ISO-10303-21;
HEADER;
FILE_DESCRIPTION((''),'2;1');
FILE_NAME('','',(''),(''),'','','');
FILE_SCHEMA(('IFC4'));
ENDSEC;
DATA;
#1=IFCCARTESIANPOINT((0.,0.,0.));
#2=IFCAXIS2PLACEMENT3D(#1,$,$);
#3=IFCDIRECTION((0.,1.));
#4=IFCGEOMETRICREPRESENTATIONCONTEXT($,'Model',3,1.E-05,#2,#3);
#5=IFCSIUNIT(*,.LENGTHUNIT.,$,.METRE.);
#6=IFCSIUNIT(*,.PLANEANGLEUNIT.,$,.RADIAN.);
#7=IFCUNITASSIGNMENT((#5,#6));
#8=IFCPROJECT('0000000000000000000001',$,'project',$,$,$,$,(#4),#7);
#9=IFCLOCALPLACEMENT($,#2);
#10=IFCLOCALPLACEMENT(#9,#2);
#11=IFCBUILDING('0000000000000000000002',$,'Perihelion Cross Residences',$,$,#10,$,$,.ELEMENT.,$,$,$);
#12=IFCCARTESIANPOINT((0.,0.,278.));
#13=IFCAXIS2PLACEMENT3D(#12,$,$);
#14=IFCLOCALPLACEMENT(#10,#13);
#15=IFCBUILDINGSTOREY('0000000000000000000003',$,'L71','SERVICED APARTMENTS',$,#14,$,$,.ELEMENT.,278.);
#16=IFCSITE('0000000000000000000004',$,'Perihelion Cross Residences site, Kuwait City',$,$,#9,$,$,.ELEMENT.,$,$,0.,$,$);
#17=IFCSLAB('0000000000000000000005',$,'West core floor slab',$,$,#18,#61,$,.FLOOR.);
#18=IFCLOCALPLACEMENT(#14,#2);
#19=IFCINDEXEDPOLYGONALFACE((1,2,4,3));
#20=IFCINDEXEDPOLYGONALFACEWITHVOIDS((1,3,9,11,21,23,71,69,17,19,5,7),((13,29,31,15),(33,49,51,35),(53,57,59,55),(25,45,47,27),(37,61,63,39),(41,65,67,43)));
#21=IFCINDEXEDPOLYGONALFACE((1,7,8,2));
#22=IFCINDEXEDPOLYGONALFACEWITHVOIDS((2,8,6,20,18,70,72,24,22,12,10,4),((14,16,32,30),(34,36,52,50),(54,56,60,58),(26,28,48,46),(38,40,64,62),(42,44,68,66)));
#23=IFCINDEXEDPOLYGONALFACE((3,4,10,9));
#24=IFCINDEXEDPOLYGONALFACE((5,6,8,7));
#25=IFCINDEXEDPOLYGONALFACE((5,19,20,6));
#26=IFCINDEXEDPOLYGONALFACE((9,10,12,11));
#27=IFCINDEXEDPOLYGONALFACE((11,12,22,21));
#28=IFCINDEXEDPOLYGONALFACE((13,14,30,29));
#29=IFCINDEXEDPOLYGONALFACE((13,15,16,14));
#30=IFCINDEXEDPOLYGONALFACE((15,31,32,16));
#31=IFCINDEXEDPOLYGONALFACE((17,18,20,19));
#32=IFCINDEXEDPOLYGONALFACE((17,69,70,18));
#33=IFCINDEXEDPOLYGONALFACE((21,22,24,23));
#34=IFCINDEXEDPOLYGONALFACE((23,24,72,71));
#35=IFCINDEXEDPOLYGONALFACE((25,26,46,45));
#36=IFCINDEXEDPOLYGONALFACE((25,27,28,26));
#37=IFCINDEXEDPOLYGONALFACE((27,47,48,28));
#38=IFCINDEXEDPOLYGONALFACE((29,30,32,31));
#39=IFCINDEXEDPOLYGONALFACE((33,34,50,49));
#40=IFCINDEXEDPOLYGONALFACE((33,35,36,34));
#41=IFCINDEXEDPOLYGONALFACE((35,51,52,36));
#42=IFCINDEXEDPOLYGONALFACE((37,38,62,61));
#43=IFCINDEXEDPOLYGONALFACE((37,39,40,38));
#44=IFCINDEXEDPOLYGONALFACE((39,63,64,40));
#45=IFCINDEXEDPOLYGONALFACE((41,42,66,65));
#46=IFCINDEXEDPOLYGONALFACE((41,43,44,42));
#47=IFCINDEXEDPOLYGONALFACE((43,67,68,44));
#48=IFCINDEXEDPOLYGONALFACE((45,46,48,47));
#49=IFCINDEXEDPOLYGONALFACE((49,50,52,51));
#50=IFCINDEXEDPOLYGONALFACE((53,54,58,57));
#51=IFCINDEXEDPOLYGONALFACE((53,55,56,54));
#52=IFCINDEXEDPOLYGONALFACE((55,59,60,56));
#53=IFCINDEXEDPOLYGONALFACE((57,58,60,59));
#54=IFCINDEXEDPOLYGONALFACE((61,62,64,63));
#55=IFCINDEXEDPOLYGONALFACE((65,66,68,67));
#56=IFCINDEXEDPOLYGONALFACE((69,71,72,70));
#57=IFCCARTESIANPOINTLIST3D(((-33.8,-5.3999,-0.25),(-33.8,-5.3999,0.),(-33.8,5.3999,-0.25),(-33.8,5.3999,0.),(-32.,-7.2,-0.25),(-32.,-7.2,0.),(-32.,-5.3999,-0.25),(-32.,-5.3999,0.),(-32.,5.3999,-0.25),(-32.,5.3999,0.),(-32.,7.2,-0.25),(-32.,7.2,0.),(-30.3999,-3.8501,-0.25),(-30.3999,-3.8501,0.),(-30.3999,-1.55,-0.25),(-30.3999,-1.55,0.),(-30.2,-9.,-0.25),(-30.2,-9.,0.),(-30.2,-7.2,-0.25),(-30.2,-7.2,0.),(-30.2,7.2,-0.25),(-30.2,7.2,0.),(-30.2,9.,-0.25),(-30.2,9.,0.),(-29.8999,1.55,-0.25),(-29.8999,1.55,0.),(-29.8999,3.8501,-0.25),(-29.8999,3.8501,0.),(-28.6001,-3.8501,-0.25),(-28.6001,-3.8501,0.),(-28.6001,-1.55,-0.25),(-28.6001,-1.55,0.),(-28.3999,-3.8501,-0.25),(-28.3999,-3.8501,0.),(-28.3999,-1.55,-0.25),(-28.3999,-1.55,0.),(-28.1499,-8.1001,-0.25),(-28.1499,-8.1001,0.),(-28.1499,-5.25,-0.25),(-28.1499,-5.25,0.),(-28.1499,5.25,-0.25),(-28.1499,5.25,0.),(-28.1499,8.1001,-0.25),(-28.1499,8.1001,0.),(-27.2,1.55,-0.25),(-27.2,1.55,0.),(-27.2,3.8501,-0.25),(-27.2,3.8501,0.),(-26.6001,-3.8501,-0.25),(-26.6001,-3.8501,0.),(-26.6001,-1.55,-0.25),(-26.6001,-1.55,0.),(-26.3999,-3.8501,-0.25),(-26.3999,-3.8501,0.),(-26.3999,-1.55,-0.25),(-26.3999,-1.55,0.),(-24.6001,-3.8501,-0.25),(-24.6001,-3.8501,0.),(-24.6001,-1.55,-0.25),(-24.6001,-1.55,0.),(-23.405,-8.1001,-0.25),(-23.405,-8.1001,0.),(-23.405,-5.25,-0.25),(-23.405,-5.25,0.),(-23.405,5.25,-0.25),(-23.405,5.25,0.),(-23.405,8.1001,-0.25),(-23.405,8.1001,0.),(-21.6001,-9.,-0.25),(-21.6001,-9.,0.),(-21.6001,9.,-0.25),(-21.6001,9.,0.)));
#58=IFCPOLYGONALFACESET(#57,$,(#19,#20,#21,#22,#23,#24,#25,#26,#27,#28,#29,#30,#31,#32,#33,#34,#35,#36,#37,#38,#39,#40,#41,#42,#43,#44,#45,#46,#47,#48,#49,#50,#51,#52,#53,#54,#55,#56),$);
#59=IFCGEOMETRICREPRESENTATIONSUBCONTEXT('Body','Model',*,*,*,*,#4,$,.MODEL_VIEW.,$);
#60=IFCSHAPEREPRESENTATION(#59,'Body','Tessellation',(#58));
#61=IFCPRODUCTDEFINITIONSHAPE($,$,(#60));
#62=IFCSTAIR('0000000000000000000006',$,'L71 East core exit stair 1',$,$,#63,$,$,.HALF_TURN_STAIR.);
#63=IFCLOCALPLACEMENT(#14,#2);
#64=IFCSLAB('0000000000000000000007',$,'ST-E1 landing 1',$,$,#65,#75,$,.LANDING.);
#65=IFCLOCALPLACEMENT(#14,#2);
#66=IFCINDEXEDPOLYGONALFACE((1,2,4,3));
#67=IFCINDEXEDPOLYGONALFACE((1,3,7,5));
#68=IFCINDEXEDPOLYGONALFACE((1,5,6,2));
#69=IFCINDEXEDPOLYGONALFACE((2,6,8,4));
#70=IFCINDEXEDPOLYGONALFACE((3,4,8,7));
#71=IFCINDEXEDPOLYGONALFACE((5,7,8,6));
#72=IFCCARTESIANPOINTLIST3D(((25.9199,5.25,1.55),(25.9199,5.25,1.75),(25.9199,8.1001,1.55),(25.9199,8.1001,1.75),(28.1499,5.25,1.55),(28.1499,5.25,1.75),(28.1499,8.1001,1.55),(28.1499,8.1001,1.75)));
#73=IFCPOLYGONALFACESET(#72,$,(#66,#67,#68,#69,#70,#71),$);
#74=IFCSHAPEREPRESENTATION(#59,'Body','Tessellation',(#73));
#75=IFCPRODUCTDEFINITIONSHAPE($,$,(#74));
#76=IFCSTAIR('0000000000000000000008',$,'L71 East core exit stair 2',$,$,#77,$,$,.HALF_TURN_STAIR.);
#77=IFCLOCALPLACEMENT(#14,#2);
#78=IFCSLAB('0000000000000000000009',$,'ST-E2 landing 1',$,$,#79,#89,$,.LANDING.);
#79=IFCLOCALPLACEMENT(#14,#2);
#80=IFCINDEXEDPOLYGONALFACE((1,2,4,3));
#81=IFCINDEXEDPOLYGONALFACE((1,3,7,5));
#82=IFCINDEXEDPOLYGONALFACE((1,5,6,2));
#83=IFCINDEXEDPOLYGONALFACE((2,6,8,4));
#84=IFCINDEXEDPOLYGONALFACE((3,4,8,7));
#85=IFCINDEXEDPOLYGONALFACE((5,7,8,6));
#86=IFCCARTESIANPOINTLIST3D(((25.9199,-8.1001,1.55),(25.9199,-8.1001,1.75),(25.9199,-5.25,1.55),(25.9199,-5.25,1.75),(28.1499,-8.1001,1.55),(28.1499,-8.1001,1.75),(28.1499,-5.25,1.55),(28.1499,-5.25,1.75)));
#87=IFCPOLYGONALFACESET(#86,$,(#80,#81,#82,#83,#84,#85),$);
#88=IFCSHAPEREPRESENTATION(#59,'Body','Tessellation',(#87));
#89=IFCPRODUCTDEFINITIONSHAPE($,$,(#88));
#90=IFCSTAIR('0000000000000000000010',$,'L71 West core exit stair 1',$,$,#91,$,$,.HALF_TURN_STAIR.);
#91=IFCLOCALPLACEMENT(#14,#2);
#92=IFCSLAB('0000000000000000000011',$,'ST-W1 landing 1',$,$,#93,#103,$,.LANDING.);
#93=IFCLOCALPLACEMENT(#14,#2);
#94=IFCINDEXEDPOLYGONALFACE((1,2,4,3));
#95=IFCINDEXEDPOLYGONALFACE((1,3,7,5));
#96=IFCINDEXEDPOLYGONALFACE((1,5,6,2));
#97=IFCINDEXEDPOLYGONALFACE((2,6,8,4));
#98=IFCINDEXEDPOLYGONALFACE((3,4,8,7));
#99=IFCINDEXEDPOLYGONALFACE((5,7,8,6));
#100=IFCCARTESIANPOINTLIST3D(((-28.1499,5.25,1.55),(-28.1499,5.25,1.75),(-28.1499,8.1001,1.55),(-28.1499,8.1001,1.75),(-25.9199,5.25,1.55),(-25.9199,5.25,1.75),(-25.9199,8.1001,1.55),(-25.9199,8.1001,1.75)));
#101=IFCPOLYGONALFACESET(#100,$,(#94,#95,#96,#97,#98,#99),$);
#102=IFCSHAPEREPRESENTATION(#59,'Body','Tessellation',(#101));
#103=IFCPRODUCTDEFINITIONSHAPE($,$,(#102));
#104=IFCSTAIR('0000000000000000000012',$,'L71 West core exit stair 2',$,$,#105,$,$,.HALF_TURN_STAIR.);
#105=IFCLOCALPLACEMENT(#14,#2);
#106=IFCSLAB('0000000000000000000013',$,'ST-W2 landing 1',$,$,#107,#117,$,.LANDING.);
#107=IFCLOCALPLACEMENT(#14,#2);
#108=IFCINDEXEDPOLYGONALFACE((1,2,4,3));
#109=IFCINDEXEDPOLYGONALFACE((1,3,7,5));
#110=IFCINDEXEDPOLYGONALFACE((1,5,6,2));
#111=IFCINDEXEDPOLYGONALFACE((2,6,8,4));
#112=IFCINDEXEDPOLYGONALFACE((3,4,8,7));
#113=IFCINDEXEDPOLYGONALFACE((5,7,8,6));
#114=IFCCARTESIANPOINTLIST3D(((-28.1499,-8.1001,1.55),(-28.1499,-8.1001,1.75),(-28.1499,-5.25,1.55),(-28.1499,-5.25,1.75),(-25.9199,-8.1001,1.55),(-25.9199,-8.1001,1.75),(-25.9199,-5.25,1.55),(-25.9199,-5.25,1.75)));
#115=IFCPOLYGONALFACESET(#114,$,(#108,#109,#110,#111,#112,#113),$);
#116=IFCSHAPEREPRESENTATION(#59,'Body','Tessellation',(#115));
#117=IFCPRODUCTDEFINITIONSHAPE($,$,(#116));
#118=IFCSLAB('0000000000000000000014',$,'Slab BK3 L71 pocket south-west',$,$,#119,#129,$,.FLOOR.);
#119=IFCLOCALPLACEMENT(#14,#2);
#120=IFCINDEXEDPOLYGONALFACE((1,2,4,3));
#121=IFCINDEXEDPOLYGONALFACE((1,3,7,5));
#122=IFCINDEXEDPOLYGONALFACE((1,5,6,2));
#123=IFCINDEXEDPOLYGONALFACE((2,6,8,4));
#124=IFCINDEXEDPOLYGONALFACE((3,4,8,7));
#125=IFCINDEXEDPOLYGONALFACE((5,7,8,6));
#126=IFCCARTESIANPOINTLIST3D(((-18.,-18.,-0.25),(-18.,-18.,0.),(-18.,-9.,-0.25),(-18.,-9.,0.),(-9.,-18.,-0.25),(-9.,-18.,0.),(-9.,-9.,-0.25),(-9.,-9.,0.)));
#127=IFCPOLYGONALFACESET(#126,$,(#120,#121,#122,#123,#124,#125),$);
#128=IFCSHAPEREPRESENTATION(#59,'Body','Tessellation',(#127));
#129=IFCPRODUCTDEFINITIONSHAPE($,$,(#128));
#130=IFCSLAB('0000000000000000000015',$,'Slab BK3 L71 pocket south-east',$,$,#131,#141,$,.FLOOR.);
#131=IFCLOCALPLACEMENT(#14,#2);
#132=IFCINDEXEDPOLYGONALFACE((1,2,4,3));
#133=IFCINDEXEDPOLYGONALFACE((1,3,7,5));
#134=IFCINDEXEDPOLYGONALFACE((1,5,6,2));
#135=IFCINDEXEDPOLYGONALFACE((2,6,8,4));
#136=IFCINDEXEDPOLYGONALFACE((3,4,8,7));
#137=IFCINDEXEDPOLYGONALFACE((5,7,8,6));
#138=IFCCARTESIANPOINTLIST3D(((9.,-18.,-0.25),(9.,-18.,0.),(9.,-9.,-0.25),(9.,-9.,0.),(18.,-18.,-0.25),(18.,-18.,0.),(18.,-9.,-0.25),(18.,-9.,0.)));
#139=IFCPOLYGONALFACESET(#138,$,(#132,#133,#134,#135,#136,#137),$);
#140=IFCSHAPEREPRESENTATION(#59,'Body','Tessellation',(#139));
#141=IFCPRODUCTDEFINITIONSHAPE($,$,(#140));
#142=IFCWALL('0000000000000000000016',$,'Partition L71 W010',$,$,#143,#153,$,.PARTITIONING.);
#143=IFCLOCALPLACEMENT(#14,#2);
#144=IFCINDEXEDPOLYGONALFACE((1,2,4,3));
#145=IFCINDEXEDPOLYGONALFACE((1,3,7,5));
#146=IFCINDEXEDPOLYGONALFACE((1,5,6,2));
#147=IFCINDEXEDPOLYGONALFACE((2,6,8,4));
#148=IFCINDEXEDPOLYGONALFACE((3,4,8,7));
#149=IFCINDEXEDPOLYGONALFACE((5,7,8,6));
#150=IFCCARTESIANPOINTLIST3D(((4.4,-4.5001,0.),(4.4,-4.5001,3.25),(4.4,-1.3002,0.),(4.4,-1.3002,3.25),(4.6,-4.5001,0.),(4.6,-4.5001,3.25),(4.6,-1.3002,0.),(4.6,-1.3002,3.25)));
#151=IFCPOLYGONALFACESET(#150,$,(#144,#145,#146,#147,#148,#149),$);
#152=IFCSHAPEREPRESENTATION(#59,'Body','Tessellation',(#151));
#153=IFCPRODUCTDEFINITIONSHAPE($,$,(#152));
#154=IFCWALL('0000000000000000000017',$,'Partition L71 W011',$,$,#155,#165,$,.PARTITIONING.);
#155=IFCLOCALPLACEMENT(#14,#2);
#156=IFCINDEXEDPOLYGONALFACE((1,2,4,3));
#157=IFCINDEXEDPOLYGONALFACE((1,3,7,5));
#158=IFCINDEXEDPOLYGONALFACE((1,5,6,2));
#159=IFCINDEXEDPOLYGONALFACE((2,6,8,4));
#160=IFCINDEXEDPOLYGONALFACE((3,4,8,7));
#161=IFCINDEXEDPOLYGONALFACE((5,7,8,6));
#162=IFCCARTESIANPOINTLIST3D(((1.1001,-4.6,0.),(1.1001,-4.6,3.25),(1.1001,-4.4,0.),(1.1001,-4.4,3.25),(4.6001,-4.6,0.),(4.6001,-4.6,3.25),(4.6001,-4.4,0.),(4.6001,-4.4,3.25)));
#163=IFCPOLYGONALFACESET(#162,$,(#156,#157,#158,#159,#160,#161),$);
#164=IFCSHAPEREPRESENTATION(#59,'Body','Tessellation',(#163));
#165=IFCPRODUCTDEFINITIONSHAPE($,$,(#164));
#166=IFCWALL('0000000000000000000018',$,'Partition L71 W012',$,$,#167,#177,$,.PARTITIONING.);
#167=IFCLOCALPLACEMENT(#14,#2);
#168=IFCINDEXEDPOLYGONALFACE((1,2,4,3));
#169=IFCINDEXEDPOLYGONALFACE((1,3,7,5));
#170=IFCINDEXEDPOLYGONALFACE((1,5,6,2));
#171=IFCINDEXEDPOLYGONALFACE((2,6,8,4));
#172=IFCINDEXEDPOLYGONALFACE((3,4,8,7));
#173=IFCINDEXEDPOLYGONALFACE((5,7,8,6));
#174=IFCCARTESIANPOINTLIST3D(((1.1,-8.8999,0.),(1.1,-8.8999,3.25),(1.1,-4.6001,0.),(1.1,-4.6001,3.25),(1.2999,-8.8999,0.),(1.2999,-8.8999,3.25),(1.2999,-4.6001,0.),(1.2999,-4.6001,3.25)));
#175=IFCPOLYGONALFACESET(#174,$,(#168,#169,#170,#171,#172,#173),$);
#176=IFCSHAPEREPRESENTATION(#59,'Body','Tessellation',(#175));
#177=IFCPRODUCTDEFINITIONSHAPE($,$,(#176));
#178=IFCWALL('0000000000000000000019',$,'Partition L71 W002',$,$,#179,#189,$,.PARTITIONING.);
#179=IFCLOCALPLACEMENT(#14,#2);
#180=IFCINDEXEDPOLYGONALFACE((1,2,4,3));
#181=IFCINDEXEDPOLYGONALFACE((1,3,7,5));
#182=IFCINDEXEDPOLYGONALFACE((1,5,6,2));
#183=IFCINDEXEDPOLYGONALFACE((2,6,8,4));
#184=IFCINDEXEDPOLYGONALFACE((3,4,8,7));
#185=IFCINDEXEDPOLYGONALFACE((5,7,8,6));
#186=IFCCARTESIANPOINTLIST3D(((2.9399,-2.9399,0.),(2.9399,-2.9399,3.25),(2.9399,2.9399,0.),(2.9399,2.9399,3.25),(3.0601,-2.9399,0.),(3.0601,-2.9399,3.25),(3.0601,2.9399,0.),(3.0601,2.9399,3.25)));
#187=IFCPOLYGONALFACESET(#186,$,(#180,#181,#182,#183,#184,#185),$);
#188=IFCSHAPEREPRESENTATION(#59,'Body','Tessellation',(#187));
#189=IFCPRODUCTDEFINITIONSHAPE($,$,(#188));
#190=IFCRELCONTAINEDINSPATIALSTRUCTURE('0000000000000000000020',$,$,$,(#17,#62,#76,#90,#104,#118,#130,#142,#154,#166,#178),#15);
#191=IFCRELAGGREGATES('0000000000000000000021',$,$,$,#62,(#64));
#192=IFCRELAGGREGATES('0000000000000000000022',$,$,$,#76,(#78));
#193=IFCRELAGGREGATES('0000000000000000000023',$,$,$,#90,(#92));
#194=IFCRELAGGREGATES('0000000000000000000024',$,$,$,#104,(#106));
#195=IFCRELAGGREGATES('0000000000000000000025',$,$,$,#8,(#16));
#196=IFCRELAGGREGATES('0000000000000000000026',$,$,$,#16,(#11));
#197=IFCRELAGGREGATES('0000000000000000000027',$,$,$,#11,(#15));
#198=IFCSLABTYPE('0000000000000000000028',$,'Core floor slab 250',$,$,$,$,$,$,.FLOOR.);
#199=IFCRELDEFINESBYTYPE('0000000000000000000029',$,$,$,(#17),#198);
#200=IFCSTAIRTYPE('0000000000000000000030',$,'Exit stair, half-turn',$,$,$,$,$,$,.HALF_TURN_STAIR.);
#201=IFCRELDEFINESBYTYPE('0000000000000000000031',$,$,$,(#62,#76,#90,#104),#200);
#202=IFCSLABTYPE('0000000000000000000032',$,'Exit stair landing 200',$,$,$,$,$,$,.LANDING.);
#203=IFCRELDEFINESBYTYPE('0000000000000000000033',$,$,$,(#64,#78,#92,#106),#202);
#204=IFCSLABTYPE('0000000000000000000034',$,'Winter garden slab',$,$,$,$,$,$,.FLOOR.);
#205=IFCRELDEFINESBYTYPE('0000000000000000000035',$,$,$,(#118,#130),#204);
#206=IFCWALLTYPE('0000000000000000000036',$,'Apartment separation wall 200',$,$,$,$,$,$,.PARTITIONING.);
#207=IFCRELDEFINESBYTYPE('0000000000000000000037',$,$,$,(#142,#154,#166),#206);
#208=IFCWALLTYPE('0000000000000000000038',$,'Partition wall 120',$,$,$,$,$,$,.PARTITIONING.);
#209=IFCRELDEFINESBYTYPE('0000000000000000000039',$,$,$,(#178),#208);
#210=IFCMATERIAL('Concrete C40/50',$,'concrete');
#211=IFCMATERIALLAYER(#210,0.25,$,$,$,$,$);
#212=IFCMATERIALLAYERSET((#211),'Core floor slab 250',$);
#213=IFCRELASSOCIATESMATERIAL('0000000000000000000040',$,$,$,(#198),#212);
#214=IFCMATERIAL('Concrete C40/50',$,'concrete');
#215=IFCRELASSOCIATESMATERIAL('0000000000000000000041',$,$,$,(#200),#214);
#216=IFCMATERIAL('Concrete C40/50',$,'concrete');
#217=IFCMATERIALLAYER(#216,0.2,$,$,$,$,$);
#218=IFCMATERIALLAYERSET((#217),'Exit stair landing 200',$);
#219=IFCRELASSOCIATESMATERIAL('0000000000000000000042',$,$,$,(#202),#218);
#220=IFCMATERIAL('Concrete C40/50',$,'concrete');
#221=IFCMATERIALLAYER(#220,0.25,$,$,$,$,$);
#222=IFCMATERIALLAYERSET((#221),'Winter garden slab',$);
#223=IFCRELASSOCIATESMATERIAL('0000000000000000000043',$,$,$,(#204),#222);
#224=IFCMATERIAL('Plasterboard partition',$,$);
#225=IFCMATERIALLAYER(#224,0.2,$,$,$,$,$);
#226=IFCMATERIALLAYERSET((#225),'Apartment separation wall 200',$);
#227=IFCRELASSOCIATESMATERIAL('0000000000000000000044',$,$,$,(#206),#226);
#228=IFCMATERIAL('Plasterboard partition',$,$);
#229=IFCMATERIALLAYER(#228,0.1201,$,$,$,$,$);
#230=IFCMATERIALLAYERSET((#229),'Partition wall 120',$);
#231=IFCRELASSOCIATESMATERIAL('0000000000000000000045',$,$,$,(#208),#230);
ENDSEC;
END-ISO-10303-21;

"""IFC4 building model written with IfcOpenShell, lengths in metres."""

from ifc_helpers import new_model, si_unit, direction, frame, frame_2d, origin, place, context, subcontext, project, spatial, polyline, rectangle, outline, extrude, material, layer, layer_set, type_object, element, aggregate, save


model = new_model("IFC4")

# Units and contexts
model_context = context("Model", 3, precision=1e-05, world=origin(), true_north=direction((0.0, 1.0)))
body_context = subcontext(model_context, "Body", "Model", "MODEL_VIEW")
ifc_project = project(units=[si_unit("LENGTHUNIT", "METRE"), si_unit("PLANEANGLEUNIT", "RADIAN")], contexts=[model_context])

# Site, building, storey
site_placement = place(None, origin())
site = spatial("IfcSite", under=ifc_project, at=site_placement, Name="Perihelion Cross Residences site, Kuwait City", CompositionType="ELEMENT", RefElevation=0.0)
building_placement = place(site_placement, origin())
building = spatial("IfcBuilding", under=site, at=building_placement, Name="Perihelion Cross Residences", CompositionType="ELEMENT")
storey_placement = place(building_placement, frame((0.0, 0.0, 278.0)))
storey = spatial("IfcBuildingStorey", under=building, at=storey_placement, Name="L71", Description="SERVICED APARTMENTS", CompositionType="ELEMENT", Elevation=278.0)

# Slab
ifc_material_1 = material(Name="Concrete C40/50", Category="concrete")
ifc_layer_1 = layer(ifc_material_1, 0.25)
ifc_layer_set_1 = layer_set([ifc_layer_1], Name="Core floor slab 250")
slab_type_1 = type_object("IfcSlabType", Name="Core floor slab 250", PredefinedType="FLOOR", material=ifc_layer_set_1)
slab_1_placement = place(storey_placement, frame((0.0, 0.0, -0.25)))
element("IfcSlab", 1, at=slab_1_placement, inside=storey, type_object=slab_type_1, Name="West core floor slab", PredefinedType="FLOOR", context=body_context, shape_type="SweptSolid", body=[
    extrude(outline(polyline([(-30.2, 7.2), (-32.0, 7.2), (-32.0, 5.3999), (-33.8, 5.3999), (-33.8, -5.3999), (-32.0, -5.3999), (-32.0, -7.2), (-30.2, -7.2), (-30.2, -9.0), (-21.6001, -9.0), (-21.6001, 9.0), (-30.2, 9.0), (-30.2, 7.2)]), holes=[polyline([(-28.1499, -8.1001), (-28.1499, -5.25), (-23.405, -5.25), (-23.405, -8.1001), (-28.1499, -8.1001)]), polyline([(-24.6001, -1.55), (-24.6001, -3.8501), (-26.3999, -3.8501), (-26.3999, -1.55), (-24.6001, -1.55)]), polyline([(-26.6001, -1.55), (-26.6001, -3.8501), (-28.3999, -3.8501), (-28.3999, -1.55), (-26.6001, -1.55)]), polyline([(-28.6001, -3.8501), (-30.3999, -3.8501), (-30.3999, -1.55), (-28.6001, -1.55), (-28.6001, -3.8501)]), polyline([(-27.2, 3.8501), (-27.2, 1.55), (-29.8999, 1.55), (-29.8999, 3.8501), (-27.2, 3.8501)]), polyline([(-23.405, 5.25), (-28.1499, 5.25), (-28.1499, 8.1001), (-23.405, 8.1001), (-23.405, 5.25)])]), origin(), (0.0, 0.0, 1.0), 0.25),
])

# Stairs, slabs
ifc_material_2 = material(Name="Concrete C40/50", Category="concrete")
stair_type = type_object("IfcStairType", Name="Exit stair, half-turn", PredefinedType="HALF_TURN_STAIR", material=ifc_material_2)
stair_1_placement = place(storey_placement, origin())
stair_1 = element("IfcStair", 2, at=stair_1_placement, inside=storey, type_object=stair_type, Name="L71 East core exit stair 1", PredefinedType="HALF_TURN_STAIR")
ifc_material_3 = material(Name="Concrete C40/50", Category="concrete")
ifc_layer_2 = layer(ifc_material_3, 0.2)
ifc_layer_set_2 = layer_set([ifc_layer_2], Name="Exit stair landing 200")
slab_type_2 = type_object("IfcSlabType", Name="Exit stair landing 200", PredefinedType="LANDING", material=ifc_layer_set_2)
slab_2_placement = place(storey_placement, frame((0.0, 0.0, 1.55)))
slab_2 = element("IfcSlab", 3, at=slab_2_placement, type_object=slab_type_2, Name="ST-E1 landing 1", PredefinedType="LANDING", context=body_context, shape_type="SweptSolid", body=[
    extrude(outline(polyline([(25.9199, 5.25), (28.1499, 5.25), (28.1499, 8.1001), (25.9199, 8.1001), (25.9199, 5.25)])), origin(), (0.0, 0.0, 1.0), 0.2),
])
aggregate(stair_1, [slab_2])
stair_2_placement = place(storey_placement, origin())
stair_2 = element("IfcStair", 4, at=stair_2_placement, inside=storey, type_object=stair_type, Name="L71 East core exit stair 2", PredefinedType="HALF_TURN_STAIR")
slab_3_placement = place(storey_placement, frame((0.0, 0.0, 1.55)))
slab_3 = element("IfcSlab", 5, at=slab_3_placement, type_object=slab_type_2, Name="ST-E2 landing 1", PredefinedType="LANDING", context=body_context, shape_type="SweptSolid", body=[
    extrude(outline(polyline([(25.9199, -8.1001), (28.1499, -8.1001), (28.1499, -5.25), (25.9199, -5.25), (25.9199, -8.1001)])), origin(), (0.0, 0.0, 1.0), 0.2),
])
aggregate(stair_2, [slab_3])
stair_3_placement = place(storey_placement, origin())
stair_3 = element("IfcStair", 6, at=stair_3_placement, inside=storey, type_object=stair_type, Name="L71 West core exit stair 1", PredefinedType="HALF_TURN_STAIR")
slab_4_placement = place(storey_placement, frame((0.0, 0.0, 1.55)))
slab_4 = element("IfcSlab", 7, at=slab_4_placement, type_object=slab_type_2, Name="ST-W1 landing 1", PredefinedType="LANDING", context=body_context, shape_type="SweptSolid", body=[
    extrude(outline(polyline([(-25.9199, 8.1001), (-28.1499, 8.1001), (-28.1499, 5.25), (-25.9199, 5.25), (-25.9199, 8.1001)])), origin(), (0.0, 0.0, 1.0), 0.2),
])
aggregate(stair_3, [slab_4])
stair_4_placement = place(storey_placement, origin())
stair_4 = element("IfcStair", 8, at=stair_4_placement, inside=storey, type_object=stair_type, Name="L71 West core exit stair 2", PredefinedType="HALF_TURN_STAIR")
slab_5_placement = place(storey_placement, frame((0.0, 0.0, 1.55)))
slab_5 = element("IfcSlab", 9, at=slab_5_placement, type_object=slab_type_2, Name="ST-W2 landing 1", PredefinedType="LANDING", context=body_context, shape_type="SweptSolid", body=[
    extrude(outline(polyline([(-25.9199, -5.25), (-28.1499, -5.25), (-28.1499, -8.1001), (-25.9199, -8.1001), (-25.9199, -5.25)])), origin(), (0.0, 0.0, 1.0), 0.2),
])
aggregate(stair_4, [slab_5])

# Slabs
ifc_material_4 = material(Name="Concrete C40/50", Category="concrete")
ifc_layer_3 = layer(ifc_material_4, 0.25)
ifc_layer_set_3 = layer_set([ifc_layer_3], Name="Winter garden slab")
slab_type_3 = type_object("IfcSlabType", Name="Winter garden slab", PredefinedType="FLOOR", material=ifc_layer_set_3)
slab_6_placement = place(storey_placement, frame((0.0, 0.0, -0.25)))
element("IfcSlab", 10, at=slab_6_placement, inside=storey, type_object=slab_type_3, Name="Slab BK3 L71 pocket south-west", PredefinedType="FLOOR", context=body_context, shape_type="SweptSolid", body=[
    extrude(outline(polyline([(-9.0, -18.0), (-9.0, -9.0), (-18.0, -9.0), (-18.0, -18.0), (-9.0, -18.0)])), origin(), (0.0, 0.0, 1.0), 0.25),
])
slab_7_placement = place(storey_placement, frame((0.0, 0.0, -0.25)))
element("IfcSlab", 11, at=slab_7_placement, inside=storey, type_object=slab_type_3, Name="Slab BK3 L71 pocket south-east", PredefinedType="FLOOR", context=body_context, shape_type="SweptSolid", body=[
    extrude(outline(polyline([(18.0, -18.0), (18.0, -9.0), (9.0, -9.0), (9.0, -18.0), (18.0, -18.0)])), origin(), (0.0, 0.0, 1.0), 0.25),
])

# Walls
ifc_material_5 = material(Name="Plasterboard partition")
ifc_layer_4 = layer(ifc_material_5, 0.2)
ifc_layer_set_4 = layer_set([ifc_layer_4], Name="Apartment separation wall 200")
wall_type_1 = type_object("IfcWallType", Name="Apartment separation wall 200", PredefinedType="PARTITIONING", material=ifc_layer_set_4)
wall_1_placement = place(storey_placement, frame((4.5, -1.3, 0.0), z_axis=(0.0, 0.0, 1.0), x_axis=(0.0, -1.0, 0.0)))
element("IfcWall", 12, at=wall_1_placement, inside=storey, type_object=wall_type_1, Name="Partition L71 W010", PredefinedType="PARTITIONING", context=body_context, shape_type="SweptSolid", body=[
    extrude(rectangle(XDim=3.2, YDim=0.2, at=frame_2d((1.6001, 0.0))), origin(), (0.0, 0.0, 1.0), 3.25),
])
wall_2_placement = place(storey_placement, frame((4.6001, -4.5, 0.0), z_axis=(0.0, 0.0, 1.0), x_axis=(-1.0, 0.0, 0.0)))
element("IfcWall", 13, at=wall_2_placement, inside=storey, type_object=wall_type_1, Name="Partition L71 W011", PredefinedType="PARTITIONING", context=body_context, shape_type="SweptSolid", body=[
    extrude(rectangle(XDim=3.5, YDim=0.2, at=frame_2d((1.75, 0.0))), origin(), (0.0, 0.0, 1.0), 3.25),
])
wall_3_placement = place(storey_placement, frame((1.2, -4.6001, 0.0), z_axis=(0.0, 0.0, 1.0), x_axis=(0.0, -1.0, 0.0)))
element("IfcWall", 14, at=wall_3_placement, inside=storey, type_object=wall_type_1, Name="Partition L71 W012", PredefinedType="PARTITIONING", context=body_context, shape_type="SweptSolid", body=[
    extrude(rectangle(XDim=4.2998, YDim=0.2, at=frame_2d((2.1499, 0.0))), origin(), (0.0, 0.0, 1.0), 3.25),
])
ifc_material_6 = material(Name="Plasterboard partition")
ifc_layer_5 = layer(ifc_material_6, 0.1201)
ifc_layer_set_5 = layer_set([ifc_layer_5], Name="Partition wall 120")
wall_type_2 = type_object("IfcWallType", Name="Partition wall 120", PredefinedType="PARTITIONING", material=ifc_layer_set_5)
wall_4_placement = place(storey_placement, frame((3.0, -2.9399, 0.0), z_axis=(0.0, 0.0, 1.0), x_axis=(0.0, 1.0, 0.0)))
element("IfcWall", 15, at=wall_4_placement, inside=storey, type_object=wall_type_2, Name="Partition L71 W002", PredefinedType="PARTITIONING", context=body_context, shape_type="SweptSolid", body=[
    extrude(rectangle(XDim=5.8799, YDim=0.1201, at=frame_2d((2.9399, 0.0))), origin(), (0.0, 0.0, 1.0), 3.25),
])

save(model, "model.ifc")
